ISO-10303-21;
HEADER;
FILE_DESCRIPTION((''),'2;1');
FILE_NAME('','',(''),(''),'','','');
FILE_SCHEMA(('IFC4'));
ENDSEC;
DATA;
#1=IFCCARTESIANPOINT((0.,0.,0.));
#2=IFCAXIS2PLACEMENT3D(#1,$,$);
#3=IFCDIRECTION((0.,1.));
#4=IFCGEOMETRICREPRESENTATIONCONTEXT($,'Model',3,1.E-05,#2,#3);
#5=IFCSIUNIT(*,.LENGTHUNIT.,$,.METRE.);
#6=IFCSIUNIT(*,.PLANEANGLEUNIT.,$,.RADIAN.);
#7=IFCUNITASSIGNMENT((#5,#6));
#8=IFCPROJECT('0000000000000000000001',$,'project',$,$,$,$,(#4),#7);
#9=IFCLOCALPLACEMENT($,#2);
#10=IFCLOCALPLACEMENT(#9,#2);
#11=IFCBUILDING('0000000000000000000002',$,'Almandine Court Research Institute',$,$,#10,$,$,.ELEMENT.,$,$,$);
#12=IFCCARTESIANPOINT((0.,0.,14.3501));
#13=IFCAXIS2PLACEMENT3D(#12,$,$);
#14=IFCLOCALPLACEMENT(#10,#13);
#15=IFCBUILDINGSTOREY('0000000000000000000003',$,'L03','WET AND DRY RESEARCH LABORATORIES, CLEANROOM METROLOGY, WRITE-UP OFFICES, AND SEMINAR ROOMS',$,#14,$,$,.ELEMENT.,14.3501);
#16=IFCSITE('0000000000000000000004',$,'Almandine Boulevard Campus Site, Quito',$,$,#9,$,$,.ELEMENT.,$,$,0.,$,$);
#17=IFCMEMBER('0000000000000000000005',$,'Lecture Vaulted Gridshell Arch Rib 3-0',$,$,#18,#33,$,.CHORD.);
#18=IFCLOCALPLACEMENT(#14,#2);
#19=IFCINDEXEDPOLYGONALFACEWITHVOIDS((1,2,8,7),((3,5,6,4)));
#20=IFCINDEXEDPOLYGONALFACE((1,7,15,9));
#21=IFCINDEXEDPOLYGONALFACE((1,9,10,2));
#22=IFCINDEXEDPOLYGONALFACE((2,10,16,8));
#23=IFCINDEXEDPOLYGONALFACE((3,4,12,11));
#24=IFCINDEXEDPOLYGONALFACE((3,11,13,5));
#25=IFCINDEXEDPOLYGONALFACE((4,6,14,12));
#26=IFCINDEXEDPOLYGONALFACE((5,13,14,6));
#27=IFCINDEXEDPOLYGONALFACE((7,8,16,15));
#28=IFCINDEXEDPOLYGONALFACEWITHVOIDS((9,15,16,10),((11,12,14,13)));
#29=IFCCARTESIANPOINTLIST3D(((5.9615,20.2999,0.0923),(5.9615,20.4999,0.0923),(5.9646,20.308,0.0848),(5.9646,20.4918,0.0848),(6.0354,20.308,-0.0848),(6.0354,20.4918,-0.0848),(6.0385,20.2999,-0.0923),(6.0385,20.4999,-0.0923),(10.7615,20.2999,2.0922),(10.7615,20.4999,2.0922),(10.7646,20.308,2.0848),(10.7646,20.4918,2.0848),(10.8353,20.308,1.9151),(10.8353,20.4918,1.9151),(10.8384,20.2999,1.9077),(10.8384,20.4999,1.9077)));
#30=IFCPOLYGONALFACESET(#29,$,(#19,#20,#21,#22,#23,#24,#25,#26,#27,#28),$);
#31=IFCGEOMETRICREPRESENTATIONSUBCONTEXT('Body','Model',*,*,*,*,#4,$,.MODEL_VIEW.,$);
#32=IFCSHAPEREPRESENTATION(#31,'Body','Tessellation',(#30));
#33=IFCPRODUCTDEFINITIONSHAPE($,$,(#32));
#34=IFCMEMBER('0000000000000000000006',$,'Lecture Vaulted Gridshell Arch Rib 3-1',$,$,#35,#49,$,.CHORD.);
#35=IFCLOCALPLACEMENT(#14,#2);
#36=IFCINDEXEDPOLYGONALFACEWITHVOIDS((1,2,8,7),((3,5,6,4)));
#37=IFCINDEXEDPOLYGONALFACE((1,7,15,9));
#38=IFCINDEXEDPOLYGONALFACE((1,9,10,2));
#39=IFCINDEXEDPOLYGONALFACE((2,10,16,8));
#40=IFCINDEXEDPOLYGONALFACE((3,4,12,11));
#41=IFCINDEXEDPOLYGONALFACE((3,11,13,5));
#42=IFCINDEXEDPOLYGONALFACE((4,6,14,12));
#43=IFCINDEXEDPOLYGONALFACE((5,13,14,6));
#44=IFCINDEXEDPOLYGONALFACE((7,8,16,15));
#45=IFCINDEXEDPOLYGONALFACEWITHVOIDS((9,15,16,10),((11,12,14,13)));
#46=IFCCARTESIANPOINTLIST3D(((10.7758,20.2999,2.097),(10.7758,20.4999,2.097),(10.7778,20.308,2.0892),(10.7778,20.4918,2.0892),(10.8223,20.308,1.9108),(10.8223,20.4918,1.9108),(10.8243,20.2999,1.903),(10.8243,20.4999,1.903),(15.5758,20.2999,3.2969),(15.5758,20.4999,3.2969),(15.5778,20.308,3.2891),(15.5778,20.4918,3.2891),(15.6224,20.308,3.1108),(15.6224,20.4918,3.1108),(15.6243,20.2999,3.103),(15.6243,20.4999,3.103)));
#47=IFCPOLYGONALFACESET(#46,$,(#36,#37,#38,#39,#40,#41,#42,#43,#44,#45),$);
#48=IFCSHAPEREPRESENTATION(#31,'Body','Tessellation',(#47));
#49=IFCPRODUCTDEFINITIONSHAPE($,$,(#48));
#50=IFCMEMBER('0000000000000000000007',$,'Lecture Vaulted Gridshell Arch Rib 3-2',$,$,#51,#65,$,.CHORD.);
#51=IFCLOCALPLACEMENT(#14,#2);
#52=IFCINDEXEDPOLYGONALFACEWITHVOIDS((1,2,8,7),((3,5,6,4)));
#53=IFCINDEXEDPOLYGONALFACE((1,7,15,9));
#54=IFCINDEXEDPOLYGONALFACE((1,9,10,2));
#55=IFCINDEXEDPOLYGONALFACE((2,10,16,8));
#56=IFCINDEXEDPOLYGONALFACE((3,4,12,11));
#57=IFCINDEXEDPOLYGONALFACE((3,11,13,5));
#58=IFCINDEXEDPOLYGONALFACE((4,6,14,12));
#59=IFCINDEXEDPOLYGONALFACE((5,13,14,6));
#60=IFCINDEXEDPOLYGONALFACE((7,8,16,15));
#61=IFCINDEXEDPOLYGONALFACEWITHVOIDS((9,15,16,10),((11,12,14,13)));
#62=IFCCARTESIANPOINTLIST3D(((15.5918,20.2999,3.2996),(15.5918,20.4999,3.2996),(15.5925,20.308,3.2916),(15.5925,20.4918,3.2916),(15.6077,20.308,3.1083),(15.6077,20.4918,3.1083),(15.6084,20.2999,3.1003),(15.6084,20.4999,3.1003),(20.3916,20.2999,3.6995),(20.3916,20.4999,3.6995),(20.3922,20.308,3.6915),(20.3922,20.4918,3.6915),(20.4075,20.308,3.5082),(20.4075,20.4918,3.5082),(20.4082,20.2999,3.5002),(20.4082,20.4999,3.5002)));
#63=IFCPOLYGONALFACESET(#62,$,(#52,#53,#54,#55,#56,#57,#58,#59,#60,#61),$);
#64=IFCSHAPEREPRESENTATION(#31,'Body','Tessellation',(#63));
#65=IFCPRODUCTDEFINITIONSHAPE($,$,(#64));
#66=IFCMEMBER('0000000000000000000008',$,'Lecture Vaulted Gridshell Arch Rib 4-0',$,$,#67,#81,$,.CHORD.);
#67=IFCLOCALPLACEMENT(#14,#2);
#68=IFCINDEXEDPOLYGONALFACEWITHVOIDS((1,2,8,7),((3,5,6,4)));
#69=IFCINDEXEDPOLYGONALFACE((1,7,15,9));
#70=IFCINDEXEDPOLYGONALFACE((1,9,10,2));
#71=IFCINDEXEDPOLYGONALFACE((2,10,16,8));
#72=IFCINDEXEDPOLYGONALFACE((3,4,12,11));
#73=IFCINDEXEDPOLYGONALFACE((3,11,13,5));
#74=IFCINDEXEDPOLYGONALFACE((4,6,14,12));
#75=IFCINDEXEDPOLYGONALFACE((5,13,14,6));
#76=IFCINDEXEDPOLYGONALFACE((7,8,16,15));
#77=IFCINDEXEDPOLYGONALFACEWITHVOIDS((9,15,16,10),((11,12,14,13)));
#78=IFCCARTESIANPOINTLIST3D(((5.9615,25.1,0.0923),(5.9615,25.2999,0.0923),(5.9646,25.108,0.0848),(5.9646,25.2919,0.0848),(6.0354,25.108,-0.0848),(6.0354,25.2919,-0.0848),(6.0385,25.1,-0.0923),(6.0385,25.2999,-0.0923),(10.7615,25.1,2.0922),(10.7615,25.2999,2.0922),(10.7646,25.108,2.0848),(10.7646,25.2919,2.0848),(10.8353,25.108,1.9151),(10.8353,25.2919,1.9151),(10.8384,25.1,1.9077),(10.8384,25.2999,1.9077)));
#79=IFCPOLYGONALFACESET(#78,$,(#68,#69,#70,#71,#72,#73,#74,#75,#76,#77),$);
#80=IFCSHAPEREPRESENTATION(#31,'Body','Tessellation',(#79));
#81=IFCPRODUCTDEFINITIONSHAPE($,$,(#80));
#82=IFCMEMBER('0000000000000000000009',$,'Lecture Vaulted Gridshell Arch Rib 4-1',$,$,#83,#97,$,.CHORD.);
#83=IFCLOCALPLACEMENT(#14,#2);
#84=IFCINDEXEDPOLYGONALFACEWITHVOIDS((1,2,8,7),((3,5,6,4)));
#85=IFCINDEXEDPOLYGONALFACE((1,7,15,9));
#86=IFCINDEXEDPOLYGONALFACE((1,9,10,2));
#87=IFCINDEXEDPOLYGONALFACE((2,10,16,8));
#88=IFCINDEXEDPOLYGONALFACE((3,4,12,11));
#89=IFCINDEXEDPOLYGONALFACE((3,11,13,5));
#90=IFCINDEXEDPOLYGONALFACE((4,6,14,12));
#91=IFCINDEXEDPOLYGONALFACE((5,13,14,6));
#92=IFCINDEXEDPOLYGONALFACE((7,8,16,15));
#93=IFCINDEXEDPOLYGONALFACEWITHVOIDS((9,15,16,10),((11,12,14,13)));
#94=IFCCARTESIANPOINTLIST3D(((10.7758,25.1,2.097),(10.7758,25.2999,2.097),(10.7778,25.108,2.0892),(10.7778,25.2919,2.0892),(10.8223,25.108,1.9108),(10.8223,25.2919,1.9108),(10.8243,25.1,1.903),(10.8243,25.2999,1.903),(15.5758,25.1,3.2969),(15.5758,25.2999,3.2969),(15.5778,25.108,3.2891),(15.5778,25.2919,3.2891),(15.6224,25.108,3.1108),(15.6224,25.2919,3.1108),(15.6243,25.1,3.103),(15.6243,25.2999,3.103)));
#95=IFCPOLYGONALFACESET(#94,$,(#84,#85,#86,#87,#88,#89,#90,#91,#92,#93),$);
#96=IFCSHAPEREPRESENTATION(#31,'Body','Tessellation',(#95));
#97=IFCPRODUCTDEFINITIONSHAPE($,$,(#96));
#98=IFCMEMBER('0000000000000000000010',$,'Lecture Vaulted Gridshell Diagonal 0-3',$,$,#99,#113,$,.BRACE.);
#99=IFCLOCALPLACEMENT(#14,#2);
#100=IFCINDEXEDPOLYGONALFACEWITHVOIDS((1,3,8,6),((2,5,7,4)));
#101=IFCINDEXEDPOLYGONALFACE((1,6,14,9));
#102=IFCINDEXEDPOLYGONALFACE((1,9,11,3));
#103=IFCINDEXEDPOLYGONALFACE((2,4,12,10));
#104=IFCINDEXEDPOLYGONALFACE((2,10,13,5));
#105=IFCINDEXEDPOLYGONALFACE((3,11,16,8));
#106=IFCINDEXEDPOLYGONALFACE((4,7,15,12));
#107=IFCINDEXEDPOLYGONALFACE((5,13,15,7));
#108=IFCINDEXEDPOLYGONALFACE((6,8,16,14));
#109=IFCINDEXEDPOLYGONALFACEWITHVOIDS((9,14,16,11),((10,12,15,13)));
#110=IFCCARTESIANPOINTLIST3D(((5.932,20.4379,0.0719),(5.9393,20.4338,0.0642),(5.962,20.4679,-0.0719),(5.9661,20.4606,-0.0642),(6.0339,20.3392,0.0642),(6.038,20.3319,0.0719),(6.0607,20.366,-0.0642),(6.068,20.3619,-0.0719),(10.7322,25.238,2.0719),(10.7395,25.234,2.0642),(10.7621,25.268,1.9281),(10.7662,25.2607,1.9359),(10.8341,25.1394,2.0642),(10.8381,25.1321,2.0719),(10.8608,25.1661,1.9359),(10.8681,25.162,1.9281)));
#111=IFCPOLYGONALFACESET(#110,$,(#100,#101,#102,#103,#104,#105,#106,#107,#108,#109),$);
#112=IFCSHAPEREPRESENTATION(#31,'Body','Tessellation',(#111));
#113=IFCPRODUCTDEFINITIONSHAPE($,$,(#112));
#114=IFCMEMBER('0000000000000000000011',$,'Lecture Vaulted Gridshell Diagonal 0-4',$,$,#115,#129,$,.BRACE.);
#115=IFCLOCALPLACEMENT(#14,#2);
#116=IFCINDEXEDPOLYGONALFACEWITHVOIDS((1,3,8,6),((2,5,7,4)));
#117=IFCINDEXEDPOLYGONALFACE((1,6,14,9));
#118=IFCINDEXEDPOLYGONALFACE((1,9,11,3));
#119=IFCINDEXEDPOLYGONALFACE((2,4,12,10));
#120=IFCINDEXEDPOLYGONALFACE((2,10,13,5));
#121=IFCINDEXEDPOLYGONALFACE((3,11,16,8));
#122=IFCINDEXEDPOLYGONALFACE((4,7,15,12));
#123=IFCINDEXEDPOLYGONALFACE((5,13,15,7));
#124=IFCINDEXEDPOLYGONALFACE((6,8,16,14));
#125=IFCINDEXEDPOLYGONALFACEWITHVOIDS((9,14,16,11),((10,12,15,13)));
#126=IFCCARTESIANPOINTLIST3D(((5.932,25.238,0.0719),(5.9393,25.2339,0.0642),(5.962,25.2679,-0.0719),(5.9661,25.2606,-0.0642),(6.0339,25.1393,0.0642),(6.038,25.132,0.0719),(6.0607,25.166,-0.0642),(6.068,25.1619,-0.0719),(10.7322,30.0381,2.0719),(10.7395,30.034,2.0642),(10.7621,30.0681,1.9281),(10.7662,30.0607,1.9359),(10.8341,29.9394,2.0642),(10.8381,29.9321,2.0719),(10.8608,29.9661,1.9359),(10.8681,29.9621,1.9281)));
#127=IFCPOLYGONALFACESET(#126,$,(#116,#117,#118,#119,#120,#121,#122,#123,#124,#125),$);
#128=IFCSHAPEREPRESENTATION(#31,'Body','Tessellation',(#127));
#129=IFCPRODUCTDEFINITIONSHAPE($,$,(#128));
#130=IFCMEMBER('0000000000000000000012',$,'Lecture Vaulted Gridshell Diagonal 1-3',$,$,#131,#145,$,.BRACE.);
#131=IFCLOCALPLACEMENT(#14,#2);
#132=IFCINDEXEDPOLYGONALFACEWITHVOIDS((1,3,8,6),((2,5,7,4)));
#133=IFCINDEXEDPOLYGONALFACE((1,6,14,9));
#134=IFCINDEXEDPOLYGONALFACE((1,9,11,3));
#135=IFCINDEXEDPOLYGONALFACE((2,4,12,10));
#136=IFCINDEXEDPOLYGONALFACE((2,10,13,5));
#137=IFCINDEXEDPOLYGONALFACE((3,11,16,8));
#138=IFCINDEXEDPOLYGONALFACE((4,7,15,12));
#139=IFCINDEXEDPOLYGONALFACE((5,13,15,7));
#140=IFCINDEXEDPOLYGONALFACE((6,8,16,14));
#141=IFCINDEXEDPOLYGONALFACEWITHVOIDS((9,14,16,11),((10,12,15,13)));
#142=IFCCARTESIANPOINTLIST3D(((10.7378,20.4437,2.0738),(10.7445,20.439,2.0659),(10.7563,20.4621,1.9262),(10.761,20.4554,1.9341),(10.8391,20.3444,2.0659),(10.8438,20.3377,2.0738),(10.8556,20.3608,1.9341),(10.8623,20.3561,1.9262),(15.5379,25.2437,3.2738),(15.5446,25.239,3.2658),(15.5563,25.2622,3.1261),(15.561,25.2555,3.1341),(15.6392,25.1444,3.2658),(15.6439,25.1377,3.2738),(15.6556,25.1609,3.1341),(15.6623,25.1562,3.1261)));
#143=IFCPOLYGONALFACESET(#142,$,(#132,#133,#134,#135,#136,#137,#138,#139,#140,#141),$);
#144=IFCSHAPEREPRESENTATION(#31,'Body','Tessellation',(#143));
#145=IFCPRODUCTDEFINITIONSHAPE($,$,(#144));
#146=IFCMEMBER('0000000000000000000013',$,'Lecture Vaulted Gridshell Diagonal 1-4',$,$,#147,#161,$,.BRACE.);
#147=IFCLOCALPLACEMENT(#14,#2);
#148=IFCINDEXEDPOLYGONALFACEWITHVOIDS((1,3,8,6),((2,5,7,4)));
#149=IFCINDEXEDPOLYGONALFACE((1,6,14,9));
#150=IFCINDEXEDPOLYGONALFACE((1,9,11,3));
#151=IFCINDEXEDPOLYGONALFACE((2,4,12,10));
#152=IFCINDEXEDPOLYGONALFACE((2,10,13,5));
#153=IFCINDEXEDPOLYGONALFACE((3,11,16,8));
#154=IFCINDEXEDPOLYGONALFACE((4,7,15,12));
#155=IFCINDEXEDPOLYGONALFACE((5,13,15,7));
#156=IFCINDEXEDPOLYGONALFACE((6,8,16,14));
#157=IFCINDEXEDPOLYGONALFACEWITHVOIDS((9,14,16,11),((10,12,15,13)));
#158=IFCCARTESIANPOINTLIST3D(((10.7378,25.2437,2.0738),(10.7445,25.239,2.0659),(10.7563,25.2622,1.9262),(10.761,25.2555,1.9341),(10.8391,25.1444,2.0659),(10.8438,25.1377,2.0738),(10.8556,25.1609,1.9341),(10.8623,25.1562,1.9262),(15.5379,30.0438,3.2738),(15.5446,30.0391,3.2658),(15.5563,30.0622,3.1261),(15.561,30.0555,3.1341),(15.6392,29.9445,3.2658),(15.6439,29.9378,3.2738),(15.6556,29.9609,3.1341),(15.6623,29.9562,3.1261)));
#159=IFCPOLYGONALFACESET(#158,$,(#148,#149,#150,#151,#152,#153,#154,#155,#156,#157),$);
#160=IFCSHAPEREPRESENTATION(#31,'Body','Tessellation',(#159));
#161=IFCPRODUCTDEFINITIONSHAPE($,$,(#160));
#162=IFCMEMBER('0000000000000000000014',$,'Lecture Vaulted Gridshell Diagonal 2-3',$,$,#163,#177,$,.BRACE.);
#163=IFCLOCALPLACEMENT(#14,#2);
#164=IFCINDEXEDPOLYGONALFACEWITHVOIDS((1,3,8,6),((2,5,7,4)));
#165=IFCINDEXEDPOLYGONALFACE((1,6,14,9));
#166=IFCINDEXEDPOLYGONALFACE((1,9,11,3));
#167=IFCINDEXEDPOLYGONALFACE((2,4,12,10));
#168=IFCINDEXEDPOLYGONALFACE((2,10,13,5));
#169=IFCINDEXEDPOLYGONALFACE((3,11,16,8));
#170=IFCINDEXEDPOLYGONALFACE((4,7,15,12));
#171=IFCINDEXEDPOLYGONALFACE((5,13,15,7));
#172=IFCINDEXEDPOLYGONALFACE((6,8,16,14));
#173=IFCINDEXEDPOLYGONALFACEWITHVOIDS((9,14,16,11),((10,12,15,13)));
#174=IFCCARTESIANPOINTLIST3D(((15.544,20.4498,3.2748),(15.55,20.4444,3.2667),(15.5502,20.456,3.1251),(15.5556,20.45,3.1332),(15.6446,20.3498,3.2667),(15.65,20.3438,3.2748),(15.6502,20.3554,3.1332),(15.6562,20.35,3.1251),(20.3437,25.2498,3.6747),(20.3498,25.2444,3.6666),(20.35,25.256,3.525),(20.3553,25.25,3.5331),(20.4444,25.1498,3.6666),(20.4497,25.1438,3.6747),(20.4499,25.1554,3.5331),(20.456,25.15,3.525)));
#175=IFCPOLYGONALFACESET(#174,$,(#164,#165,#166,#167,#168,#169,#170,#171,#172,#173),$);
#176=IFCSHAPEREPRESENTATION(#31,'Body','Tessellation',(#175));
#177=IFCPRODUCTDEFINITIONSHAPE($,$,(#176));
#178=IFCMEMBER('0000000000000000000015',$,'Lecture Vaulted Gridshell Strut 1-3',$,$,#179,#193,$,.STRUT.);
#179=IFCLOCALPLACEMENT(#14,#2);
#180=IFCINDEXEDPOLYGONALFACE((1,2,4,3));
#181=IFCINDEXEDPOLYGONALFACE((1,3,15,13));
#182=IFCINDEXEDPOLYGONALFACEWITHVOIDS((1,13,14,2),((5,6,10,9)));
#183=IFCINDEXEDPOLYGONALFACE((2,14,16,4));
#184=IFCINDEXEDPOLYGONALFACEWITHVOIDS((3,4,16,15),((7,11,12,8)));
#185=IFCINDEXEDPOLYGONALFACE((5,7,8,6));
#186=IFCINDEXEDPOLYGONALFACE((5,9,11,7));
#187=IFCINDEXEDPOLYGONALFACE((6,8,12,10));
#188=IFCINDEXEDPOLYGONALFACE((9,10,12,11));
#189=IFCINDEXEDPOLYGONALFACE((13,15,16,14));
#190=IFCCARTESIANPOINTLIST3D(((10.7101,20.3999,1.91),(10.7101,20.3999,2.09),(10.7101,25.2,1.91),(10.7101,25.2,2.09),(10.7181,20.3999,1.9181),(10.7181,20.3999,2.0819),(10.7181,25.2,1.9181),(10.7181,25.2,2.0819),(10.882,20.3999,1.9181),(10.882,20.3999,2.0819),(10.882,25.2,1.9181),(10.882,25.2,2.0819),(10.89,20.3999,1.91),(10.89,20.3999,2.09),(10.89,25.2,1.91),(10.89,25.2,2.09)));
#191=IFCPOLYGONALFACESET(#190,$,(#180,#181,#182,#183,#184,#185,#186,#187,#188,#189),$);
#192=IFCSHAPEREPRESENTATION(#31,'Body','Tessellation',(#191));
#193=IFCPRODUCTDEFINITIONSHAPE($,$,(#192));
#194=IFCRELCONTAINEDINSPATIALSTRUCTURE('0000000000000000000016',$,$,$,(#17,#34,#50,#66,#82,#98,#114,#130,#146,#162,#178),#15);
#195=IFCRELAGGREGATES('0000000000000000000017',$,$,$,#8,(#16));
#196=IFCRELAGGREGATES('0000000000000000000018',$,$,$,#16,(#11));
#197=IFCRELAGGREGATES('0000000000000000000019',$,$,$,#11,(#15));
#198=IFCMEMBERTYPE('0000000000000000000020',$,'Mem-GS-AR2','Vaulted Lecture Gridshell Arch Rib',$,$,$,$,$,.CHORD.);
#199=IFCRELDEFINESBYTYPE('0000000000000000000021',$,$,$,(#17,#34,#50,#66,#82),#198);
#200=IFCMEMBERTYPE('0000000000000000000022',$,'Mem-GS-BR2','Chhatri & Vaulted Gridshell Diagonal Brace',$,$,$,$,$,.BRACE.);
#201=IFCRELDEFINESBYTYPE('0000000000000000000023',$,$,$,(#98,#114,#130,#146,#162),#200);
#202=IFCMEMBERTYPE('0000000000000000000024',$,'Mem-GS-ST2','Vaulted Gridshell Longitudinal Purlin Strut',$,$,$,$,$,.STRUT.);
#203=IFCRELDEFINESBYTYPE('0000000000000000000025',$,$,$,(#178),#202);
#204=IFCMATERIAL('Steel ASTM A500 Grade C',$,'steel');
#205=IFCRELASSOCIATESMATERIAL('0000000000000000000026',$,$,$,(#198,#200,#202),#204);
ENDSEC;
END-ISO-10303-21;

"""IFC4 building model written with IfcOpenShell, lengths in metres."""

from ifc_helpers import new_model, si_unit, direction, frame, origin, origin_2d, place, context, subcontext, project, spatial, hollow_rectangle, extrude, material, material_profile, profile_set, type_object, element, save


model = new_model("IFC4")

# Units and contexts
model_context = context("Model", 3, precision=1e-05, world=origin(), true_north=direction((0.0, 1.0)))
body_context = subcontext(model_context, "Body", "Model", "MODEL_VIEW")
ifc_project = project(units=[si_unit("LENGTHUNIT", "METRE"), si_unit("PLANEANGLEUNIT", "RADIAN")], contexts=[model_context])

# Site, building, storey
site_placement = place(None, origin())
site = spatial("IfcSite", under=ifc_project, at=site_placement, Name="Almandine Boulevard Campus Site, Quito", CompositionType="ELEMENT", RefElevation=0.0)
building_placement = place(site_placement, origin())
building = spatial("IfcBuilding", under=site, at=building_placement, Name="Almandine Court Research Institute", CompositionType="ELEMENT")
storey_placement = place(building_placement, frame((0.0, 0.0, 14.3501)))
storey = spatial("IfcBuildingStorey", under=building, at=storey_placement, Name="L03", Description="WET AND DRY RESEARCH LABORATORIES, CLEANROOM METROLOGY, WRITE-UP OFFICES, AND SEMINAR ROOMS", CompositionType="ELEMENT", Elevation=14.3501)

# Members
ifc_material_1 = material(Name="Steel ASTM A500 Grade C", Category="steel")
ifc_material_profile_1 = material_profile(ifc_material_1, hollow_rectangle(XDim=0.2, YDim=0.2, WallThickness=0.0081, at=origin_2d()), Name="HSS 200x200x8")
ifc_profile_set_1 = profile_set([ifc_material_profile_1], Name="Steel ASTM A500 Grade C")
member_type_1 = type_object("IfcMemberType", Name="Mem-GS-AR2", Description="Vaulted Lecture Gridshell Arch Rib", PredefinedType="CHORD", material=ifc_profile_set_1)
member_1_placement = place(storey_placement, frame((6.0, 20.3999, 0.0), z_axis=(0.923078, 0.0, 0.384612), x_axis=(0.0, 1.0, 0.0)))
element("IfcMember", 1, at=member_1_placement, inside=storey, type_object=member_type_1, Name="Lecture Vaulted Gridshell Arch Rib 3-0", PredefinedType="CHORD", context=body_context, shape_type="SweptSolid", body=[
    extrude(hollow_rectangle(XDim=0.2, YDim=0.2, WallThickness=0.0081, at=origin_2d()), origin(), (0.0, 0.0, 1.0), 5.2),
])
member_2_placement = place(storey_placement, frame((10.8, 20.3999, 2.0), z_axis=(0.970145, 0.0, 0.242524), x_axis=(0.0, 1.0, 0.0)))
element("IfcMember", 2, at=member_2_placement, inside=storey, type_object=member_type_1, Name="Lecture Vaulted Gridshell Arch Rib 3-1", PredefinedType="CHORD", context=body_context, shape_type="SweptSolid", body=[
    extrude(hollow_rectangle(XDim=0.2, YDim=0.2, WallThickness=0.0081, at=origin_2d()), origin(), (0.0, 0.0, 1.0), 4.9478),
])
member_3_placement = place(storey_placement, frame((15.6001, 20.3999, 3.2), z_axis=(0.996547, 0.0, 0.083029), x_axis=(0.0, 1.0, 0.0)))
element("IfcMember", 3, at=member_3_placement, inside=storey, type_object=member_type_1, Name="Lecture Vaulted Gridshell Arch Rib 3-2", PredefinedType="CHORD", context=body_context, shape_type="SweptSolid", body=[
    extrude(hollow_rectangle(XDim=0.2, YDim=0.2, WallThickness=0.0081, at=origin_2d()), origin(), (0.0, 0.0, 1.0), 4.8164),
])
member_4_placement = place(storey_placement, frame((6.0, 25.2, 0.0), z_axis=(0.923078, 0.0, 0.384612), x_axis=(0.0, 1.0, 0.0)))
element("IfcMember", 4, at=member_4_placement, inside=storey, type_object=member_type_1, Name="Lecture Vaulted Gridshell Arch Rib 4-0", PredefinedType="CHORD", context=body_context, shape_type="SweptSolid", body=[
    extrude(hollow_rectangle(XDim=0.2, YDim=0.2, WallThickness=0.0081, at=origin_2d()), origin(), (0.0, 0.0, 1.0), 5.2),
])
member_5_placement = place(storey_placement, frame((10.8, 25.2, 2.0), z_axis=(0.970145, 0.0, 0.242524), x_axis=(0.0, 1.0, 0.0)))
element("IfcMember", 5, at=member_5_placement, inside=storey, type_object=member_type_1, Name="Lecture Vaulted Gridshell Arch Rib 4-1", PredefinedType="CHORD", context=body_context, shape_type="SweptSolid", body=[
    extrude(hollow_rectangle(XDim=0.2, YDim=0.2, WallThickness=0.0081, at=origin_2d()), origin(), (0.0, 0.0, 1.0), 4.9478),
])
ifc_material_profile_2 = material_profile(ifc_material_1, hollow_rectangle(XDim=0.1499, YDim=0.1499, WallThickness=0.0081, at=origin_2d()), Name="HSS 150x150x8")
ifc_profile_set_2 = profile_set([ifc_material_profile_2], Name="Steel ASTM A500 Grade C")
member_type_2 = type_object("IfcMemberType", Name="Mem-GS-BR2", Description="Chhatri & Vaulted Gridshell Diagonal Brace", PredefinedType="BRACE", material=ifc_profile_set_2)
for number, where, z_axis, x_axis, name in (
    (6, (6.0, 20.3999, 0.0), (0.678281, 0.678281, 0.282614), (-0.707107, 0.707107, 0.0), "Lecture Vaulted Gridshell Diagonal 0-3"),
    (7, (6.0, 25.2, 0.0), (0.678281, 0.678281, 0.282614), (-0.707107, 0.707107, 0.0), "Lecture Vaulted Gridshell Diagonal 0-4"),
):
    element("IfcMember", number, at=place(storey_placement, frame(where, z_axis=z_axis, x_axis=x_axis)), inside=storey, type_object=member_type_2, Name=name, PredefinedType="BRACE", context=body_context, shape_type="SweptSolid", body=[
        extrude(hollow_rectangle(XDim=0.1499, YDim=0.1499, WallThickness=0.0081, at=origin_2d()), origin(), (0.0, 0.0, 1.0), 7.0769),
    ])
for number, where, z_axis, x_axis, name in (
    (8, (10.8, 20.3999, 2.0), (0.696312, 0.696312, 0.174069), (-0.707107, 0.707107, 0.0), "Lecture Vaulted Gridshell Diagonal 1-3"),
    (9, (10.8, 25.2, 2.0), (0.696312, 0.696312, 0.174069), (-0.707107, 0.707107, 0.0), "Lecture Vaulted Gridshell Diagonal 1-4"),
):
    element("IfcMember", number, at=place(storey_placement, frame(where, z_axis=z_axis, x_axis=x_axis)), inside=storey, type_object=member_type_2, Name=name, PredefinedType="BRACE", context=body_context, shape_type="SweptSolid", body=[
        extrude(hollow_rectangle(XDim=0.1499, YDim=0.1499, WallThickness=0.0081, at=origin_2d()), origin(), (0.0, 0.0, 1.0), 6.8936),
    ])
member_6_placement = place(storey_placement, frame((15.6001, 20.3999, 3.2), z_axis=(0.705865, 0.705901, 0.05881), x_axis=(-0.707125, 0.707089, 0.0)))
element("IfcMember", 10, at=member_6_placement, inside=storey, type_object=member_type_2, Name="Lecture Vaulted Gridshell Diagonal 2-3", PredefinedType="BRACE", context=body_context, shape_type="SweptSolid", body=[
    extrude(hollow_rectangle(XDim=0.1499, YDim=0.1499, WallThickness=0.0081, at=origin_2d()), origin(), (0.0, 0.0, 1.0), 6.7998),
])
ifc_material_profile_3 = material_profile(ifc_material_1, hollow_rectangle(XDim=0.1799, YDim=0.1799, WallThickness=0.0081, at=origin_2d()), Name="HSS 180x180x8")
ifc_profile_set_3 = profile_set([ifc_material_profile_3], Name="Steel ASTM A500 Grade C")
member_type_3 = type_object("IfcMemberType", Name="Mem-GS-ST2", Description="Vaulted Gridshell Longitudinal Purlin Strut", PredefinedType="STRUT", material=ifc_profile_set_3)
for number, where, z_axis, x_axis, name in (
    (11, (10.8, 20.3999, 2.0), (0.0, 1.0, 0.0), (-1.0, 0.0, 0.0), "Lecture Vaulted Gridshell Strut 1-3"),
):
    element("IfcMember", number, at=place(storey_placement, frame(where, z_axis=z_axis, x_axis=x_axis)), inside=storey, type_object=member_type_3, Name=name, PredefinedType="STRUT", context=body_context, shape_type="SweptSolid", body=[
        extrude(hollow_rectangle(XDim=0.1799, YDim=0.1799, WallThickness=0.0081, at=origin_2d()), origin(), (0.0, 0.0, 1.0), 4.8),
    ])

save(model, "model.ifc")
